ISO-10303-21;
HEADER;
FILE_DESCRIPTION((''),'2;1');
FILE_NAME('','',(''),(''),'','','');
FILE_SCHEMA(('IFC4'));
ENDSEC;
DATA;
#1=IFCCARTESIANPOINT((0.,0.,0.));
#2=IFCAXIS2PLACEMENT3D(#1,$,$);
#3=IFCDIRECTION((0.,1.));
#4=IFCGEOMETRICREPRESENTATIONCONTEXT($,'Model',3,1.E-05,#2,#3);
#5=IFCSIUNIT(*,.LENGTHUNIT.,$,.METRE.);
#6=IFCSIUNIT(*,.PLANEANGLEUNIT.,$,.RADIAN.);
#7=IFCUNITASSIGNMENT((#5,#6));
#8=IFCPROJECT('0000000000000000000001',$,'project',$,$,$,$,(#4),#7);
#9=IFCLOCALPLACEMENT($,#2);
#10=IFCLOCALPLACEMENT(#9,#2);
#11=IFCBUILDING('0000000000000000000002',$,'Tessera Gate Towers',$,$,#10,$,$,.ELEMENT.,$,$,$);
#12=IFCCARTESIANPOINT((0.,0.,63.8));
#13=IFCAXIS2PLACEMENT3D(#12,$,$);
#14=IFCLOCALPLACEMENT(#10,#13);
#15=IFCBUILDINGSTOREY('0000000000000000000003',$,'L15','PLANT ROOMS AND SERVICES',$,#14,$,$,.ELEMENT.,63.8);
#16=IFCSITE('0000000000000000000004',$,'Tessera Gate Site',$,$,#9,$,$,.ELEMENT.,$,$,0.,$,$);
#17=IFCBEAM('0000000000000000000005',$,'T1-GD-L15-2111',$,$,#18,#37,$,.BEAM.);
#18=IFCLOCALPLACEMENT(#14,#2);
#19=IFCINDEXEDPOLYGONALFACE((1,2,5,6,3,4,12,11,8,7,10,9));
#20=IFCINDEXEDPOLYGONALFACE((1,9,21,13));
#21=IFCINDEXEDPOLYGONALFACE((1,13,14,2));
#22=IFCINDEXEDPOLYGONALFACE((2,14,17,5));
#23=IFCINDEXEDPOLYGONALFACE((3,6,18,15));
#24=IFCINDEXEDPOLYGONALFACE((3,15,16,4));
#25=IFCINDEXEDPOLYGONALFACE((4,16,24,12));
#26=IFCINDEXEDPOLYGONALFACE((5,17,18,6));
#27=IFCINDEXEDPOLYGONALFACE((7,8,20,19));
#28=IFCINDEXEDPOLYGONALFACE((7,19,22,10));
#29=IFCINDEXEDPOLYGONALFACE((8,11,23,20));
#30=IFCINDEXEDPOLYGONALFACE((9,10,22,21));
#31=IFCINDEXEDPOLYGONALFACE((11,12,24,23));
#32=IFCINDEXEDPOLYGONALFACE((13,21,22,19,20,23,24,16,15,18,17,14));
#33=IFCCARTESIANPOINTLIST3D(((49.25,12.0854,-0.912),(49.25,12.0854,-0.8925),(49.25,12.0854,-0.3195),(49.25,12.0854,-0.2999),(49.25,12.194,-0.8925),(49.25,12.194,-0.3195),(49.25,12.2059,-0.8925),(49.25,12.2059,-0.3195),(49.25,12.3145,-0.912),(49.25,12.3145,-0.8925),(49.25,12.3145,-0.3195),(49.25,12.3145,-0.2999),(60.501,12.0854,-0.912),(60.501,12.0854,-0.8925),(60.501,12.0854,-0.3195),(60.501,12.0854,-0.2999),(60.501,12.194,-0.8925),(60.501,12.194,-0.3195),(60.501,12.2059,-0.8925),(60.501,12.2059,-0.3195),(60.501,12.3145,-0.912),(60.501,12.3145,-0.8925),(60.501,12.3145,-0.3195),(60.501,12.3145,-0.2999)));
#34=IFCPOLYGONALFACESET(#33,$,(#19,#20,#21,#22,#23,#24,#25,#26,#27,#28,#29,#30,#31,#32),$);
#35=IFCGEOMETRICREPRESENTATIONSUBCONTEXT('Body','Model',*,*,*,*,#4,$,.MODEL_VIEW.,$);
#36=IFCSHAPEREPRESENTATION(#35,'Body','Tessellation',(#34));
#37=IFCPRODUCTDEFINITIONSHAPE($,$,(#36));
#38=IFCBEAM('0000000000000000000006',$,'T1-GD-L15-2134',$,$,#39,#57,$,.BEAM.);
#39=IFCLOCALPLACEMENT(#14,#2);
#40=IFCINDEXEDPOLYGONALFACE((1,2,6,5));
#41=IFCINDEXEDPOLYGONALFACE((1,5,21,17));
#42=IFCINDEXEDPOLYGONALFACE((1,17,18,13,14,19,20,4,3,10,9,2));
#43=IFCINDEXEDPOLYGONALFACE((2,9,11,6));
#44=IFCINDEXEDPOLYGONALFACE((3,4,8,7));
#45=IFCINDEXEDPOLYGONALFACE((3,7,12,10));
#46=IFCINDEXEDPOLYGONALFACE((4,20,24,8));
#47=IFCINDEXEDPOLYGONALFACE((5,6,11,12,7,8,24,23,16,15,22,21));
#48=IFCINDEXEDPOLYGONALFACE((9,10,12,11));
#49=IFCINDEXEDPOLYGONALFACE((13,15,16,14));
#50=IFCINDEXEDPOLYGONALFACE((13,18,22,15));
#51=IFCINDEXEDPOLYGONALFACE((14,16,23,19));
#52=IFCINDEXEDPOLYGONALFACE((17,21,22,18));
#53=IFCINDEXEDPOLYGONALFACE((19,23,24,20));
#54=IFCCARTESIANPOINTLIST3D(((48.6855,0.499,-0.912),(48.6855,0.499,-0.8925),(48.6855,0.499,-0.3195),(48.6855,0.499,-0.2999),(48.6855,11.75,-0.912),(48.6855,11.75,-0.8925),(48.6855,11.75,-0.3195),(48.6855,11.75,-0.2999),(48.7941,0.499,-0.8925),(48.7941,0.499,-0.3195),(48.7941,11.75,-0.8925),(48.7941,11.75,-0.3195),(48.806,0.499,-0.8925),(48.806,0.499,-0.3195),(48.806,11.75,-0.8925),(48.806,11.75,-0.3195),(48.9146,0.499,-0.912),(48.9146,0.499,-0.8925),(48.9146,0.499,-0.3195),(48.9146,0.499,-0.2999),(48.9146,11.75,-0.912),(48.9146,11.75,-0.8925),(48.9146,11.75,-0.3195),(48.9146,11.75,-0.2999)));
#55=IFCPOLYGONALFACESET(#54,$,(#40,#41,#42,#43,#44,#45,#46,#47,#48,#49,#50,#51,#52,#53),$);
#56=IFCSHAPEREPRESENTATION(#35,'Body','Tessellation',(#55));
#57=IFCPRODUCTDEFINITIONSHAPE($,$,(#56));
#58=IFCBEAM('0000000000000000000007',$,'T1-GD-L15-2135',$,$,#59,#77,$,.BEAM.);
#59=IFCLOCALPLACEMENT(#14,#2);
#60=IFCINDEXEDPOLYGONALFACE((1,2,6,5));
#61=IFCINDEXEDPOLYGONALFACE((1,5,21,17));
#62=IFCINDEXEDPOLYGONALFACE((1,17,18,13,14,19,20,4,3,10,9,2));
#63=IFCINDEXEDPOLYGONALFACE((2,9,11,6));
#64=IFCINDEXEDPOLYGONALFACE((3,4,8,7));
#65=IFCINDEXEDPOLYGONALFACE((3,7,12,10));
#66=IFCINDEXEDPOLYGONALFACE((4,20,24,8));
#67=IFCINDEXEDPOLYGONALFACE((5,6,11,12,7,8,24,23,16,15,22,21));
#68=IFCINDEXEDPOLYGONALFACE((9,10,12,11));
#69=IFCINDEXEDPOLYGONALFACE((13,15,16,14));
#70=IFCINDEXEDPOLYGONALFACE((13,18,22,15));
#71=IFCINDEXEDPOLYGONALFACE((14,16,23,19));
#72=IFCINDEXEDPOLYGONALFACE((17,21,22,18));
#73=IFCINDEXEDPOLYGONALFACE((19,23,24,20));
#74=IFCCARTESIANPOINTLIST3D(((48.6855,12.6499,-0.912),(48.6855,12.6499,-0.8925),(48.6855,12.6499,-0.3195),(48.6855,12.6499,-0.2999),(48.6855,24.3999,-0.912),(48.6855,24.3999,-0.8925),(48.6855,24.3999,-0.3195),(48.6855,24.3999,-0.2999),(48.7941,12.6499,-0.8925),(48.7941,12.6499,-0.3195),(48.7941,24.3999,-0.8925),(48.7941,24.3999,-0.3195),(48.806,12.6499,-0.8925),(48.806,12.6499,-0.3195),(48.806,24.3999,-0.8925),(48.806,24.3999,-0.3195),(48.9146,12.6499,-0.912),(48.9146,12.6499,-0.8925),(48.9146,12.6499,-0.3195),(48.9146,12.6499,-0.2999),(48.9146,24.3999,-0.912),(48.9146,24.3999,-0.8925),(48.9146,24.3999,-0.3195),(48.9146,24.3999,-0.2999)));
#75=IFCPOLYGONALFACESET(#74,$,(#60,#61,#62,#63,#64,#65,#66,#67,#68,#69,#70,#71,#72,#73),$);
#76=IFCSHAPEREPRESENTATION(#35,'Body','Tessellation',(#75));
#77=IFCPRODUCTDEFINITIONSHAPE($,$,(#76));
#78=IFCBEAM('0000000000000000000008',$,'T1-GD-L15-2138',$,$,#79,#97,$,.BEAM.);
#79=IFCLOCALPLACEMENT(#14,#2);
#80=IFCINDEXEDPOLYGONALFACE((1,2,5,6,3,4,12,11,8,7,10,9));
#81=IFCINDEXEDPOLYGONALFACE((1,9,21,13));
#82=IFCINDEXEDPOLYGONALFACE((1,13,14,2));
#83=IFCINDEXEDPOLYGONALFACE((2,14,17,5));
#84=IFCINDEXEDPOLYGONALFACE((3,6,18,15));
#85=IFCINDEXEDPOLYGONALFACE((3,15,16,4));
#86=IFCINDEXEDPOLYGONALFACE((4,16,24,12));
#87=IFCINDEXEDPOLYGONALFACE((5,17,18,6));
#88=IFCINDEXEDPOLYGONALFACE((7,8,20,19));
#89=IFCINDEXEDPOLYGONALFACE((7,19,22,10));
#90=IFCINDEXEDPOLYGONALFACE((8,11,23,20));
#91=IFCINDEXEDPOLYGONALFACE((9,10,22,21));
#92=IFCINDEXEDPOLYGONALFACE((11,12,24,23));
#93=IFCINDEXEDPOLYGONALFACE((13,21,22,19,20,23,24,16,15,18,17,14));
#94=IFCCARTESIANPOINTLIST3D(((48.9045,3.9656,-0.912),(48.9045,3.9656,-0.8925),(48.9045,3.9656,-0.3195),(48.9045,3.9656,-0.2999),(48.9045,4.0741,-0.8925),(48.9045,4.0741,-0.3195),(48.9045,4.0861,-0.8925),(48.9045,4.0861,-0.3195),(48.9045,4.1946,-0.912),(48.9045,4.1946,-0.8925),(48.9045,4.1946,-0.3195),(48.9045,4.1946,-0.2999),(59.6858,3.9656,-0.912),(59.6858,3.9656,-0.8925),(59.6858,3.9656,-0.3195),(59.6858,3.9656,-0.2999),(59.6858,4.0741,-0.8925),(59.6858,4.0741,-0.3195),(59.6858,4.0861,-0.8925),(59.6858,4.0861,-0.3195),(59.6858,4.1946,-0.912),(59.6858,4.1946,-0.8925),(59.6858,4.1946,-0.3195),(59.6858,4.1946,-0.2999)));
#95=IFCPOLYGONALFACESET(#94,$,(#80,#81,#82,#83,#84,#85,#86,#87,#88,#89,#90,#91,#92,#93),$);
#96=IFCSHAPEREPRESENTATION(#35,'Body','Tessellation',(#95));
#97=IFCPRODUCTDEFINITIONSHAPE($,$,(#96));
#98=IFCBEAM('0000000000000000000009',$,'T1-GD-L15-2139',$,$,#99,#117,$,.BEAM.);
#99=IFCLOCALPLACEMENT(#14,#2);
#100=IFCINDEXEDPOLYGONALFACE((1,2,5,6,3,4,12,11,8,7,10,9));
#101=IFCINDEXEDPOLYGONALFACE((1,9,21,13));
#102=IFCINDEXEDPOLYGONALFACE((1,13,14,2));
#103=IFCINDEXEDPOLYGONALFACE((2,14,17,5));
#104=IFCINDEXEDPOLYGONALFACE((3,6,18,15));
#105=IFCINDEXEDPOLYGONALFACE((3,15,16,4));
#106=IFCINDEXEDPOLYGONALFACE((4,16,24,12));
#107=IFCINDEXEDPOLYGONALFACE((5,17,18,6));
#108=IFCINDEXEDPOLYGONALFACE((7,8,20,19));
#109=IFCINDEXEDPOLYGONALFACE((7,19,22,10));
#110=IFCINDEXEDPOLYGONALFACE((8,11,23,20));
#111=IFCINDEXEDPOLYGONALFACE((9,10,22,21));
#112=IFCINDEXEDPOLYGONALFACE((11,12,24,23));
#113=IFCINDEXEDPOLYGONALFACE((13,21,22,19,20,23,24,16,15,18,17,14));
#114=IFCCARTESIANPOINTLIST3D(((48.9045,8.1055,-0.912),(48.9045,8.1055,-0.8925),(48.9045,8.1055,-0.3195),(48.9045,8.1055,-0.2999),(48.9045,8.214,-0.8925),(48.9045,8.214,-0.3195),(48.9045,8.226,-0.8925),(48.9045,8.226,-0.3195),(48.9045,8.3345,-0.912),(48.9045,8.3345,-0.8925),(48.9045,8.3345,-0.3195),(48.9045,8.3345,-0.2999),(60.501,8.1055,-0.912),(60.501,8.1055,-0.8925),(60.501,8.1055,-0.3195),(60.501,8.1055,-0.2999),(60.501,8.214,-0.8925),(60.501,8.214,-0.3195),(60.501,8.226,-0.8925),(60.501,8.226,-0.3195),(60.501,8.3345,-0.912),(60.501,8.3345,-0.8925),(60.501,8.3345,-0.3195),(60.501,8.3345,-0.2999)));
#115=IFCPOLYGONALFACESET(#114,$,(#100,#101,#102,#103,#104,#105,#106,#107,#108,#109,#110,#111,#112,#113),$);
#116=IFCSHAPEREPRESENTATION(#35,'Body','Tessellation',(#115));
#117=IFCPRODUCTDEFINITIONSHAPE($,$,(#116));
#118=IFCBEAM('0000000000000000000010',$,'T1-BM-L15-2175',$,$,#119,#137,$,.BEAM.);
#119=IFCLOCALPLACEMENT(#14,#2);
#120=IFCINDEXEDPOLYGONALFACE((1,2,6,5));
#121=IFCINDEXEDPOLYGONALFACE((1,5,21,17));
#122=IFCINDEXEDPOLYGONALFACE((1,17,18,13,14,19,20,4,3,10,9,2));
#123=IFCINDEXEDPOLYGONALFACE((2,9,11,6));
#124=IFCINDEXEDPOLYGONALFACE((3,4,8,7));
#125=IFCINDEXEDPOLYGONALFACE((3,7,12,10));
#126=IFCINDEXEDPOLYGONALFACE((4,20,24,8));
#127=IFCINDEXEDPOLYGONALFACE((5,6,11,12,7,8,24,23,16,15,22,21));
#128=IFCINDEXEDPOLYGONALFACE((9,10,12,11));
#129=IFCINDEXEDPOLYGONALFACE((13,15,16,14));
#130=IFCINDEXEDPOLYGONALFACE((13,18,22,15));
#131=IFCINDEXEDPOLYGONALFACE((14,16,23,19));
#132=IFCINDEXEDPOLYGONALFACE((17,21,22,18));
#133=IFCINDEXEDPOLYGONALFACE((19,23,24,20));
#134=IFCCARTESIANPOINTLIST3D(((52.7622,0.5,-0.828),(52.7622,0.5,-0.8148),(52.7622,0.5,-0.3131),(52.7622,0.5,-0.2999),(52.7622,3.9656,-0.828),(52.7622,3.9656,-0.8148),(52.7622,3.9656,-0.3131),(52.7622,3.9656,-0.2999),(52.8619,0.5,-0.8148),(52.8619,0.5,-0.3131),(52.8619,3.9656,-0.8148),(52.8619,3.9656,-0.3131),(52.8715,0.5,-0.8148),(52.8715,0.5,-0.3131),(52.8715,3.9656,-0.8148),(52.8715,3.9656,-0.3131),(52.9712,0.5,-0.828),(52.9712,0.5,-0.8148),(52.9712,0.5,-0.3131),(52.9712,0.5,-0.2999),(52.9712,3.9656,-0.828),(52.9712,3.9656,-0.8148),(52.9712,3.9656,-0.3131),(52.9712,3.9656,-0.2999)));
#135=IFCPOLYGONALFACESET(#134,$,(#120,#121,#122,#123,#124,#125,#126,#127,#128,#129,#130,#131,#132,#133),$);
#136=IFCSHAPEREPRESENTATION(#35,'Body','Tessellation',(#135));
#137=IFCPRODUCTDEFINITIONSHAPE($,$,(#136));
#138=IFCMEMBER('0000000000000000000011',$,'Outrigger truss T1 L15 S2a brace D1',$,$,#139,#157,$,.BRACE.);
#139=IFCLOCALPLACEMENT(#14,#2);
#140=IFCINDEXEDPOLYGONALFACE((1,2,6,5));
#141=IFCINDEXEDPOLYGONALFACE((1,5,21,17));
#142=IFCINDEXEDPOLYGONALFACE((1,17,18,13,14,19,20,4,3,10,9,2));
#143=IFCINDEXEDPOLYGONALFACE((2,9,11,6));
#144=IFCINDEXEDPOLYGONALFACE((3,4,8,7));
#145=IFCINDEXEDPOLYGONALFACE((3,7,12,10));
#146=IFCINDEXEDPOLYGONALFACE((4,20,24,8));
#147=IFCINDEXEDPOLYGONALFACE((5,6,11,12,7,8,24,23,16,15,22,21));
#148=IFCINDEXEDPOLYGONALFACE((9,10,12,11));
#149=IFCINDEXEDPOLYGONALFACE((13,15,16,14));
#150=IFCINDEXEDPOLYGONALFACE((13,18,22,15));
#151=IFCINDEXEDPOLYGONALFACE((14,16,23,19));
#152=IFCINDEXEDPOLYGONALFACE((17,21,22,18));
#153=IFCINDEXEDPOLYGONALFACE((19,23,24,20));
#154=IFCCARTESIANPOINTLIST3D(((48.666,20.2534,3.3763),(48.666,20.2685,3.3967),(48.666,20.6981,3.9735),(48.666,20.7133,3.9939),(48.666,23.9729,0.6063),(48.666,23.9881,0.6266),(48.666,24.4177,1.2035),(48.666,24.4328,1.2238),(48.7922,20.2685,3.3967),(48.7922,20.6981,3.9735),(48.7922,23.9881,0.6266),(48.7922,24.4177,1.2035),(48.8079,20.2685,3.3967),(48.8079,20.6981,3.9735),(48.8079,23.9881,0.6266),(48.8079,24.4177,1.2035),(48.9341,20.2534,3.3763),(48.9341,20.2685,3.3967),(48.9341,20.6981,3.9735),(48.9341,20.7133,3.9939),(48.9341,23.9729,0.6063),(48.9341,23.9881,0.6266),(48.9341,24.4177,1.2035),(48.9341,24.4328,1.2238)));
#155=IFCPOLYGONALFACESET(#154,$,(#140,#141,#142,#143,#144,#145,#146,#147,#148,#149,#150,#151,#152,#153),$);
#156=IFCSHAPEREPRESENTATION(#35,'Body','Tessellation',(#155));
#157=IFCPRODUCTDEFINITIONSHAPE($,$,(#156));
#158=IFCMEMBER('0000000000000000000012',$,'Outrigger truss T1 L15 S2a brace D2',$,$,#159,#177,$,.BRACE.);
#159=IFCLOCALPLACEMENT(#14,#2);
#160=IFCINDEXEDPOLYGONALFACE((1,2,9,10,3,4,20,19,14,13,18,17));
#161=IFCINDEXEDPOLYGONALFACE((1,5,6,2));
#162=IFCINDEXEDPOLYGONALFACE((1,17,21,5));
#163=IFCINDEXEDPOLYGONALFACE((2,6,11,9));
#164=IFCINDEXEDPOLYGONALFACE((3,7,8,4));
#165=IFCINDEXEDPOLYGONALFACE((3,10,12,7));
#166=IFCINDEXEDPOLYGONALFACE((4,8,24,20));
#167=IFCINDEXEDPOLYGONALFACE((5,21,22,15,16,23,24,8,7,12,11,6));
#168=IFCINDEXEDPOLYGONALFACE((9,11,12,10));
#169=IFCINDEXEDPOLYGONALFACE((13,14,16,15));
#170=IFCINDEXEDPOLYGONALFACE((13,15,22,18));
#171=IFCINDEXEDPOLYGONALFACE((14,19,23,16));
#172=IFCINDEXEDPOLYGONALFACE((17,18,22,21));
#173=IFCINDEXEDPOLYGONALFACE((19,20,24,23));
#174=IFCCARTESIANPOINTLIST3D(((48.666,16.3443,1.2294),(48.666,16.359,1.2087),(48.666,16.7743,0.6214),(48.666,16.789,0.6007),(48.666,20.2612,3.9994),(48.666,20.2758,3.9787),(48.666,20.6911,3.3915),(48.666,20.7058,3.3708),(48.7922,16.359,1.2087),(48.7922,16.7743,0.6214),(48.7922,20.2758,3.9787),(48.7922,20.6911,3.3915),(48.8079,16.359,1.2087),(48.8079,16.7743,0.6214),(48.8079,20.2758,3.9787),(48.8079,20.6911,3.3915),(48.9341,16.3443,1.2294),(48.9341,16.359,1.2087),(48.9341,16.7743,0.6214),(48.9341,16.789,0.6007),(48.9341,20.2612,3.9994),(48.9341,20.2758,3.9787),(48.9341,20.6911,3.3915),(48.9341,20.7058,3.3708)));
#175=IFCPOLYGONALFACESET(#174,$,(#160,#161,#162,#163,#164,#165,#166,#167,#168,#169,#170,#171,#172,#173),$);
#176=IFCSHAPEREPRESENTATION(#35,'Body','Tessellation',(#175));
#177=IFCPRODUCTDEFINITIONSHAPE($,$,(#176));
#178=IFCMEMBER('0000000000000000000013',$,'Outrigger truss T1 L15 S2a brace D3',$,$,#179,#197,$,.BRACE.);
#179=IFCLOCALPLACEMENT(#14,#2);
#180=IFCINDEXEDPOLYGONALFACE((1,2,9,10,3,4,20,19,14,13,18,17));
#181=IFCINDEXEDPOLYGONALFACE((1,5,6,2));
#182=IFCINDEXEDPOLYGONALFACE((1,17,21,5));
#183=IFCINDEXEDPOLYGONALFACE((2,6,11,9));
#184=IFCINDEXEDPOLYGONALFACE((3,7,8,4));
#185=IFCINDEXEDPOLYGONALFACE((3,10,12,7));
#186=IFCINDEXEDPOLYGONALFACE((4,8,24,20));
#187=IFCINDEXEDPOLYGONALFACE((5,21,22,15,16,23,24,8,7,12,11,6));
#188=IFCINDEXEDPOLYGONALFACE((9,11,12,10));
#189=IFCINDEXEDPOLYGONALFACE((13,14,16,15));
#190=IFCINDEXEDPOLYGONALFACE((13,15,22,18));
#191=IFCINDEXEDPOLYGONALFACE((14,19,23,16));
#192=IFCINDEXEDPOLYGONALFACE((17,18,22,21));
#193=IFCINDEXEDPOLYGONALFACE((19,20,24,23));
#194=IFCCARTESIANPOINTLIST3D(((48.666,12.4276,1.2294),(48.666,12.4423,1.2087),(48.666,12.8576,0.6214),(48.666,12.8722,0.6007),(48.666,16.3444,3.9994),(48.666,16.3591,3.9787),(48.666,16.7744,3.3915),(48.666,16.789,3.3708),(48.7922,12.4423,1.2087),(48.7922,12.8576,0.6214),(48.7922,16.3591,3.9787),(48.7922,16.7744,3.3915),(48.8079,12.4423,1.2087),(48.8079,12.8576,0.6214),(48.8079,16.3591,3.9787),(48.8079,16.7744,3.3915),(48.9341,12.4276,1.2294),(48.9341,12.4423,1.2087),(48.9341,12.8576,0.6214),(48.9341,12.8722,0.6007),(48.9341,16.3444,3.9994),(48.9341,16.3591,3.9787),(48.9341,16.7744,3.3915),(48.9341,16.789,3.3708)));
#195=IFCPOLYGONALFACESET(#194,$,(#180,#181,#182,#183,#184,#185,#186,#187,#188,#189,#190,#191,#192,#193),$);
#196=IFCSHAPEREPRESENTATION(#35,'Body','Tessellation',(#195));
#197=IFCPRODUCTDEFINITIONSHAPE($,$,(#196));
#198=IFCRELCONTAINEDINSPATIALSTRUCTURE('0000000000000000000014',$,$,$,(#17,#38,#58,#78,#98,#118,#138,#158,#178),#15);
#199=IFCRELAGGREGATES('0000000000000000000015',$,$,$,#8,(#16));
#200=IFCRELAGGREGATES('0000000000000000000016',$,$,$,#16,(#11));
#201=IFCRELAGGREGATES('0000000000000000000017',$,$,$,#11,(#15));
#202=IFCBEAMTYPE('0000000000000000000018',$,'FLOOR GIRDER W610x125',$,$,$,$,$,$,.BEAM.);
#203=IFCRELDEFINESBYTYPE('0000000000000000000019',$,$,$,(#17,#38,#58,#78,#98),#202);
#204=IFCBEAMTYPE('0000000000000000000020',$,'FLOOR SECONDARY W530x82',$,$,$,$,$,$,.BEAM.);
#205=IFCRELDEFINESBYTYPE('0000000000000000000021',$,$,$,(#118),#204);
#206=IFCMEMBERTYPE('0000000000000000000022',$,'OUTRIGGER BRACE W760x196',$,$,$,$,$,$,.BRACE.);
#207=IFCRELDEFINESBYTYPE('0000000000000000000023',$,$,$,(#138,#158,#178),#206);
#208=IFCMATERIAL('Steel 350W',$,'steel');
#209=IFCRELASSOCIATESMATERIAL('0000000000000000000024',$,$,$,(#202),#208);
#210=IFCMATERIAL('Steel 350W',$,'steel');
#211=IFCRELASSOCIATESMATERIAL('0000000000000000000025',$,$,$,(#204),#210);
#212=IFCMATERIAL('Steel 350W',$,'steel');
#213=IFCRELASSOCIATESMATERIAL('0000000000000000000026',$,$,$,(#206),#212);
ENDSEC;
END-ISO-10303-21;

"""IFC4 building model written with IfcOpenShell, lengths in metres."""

from ifc_helpers import new_model, si_unit, direction, frame, origin, origin_2d, place, context, subcontext, project, spatial, i_section, extrude, material, material_profile, profile_set, type_object, element, save


model = new_model("IFC4")

# Units and contexts
model_context = context("Model", 3, precision=1e-05, world=origin(), true_north=direction((0.0, 1.0)))
body_context = subcontext(model_context, "Body", "Model", "MODEL_VIEW")
ifc_project = project(units=[si_unit("LENGTHUNIT", "METRE"), si_unit("PLANEANGLEUNIT", "RADIAN")], contexts=[model_context])

# Site, building, storey
site_placement = place(None, origin())
site = spatial("IfcSite", under=ifc_project, at=site_placement, Name="Tessera Gate Site", CompositionType="ELEMENT", RefElevation=0.0)
building_placement = place(site_placement, origin())
building = spatial("IfcBuilding", under=site, at=building_placement, Name="Tessera Gate Towers", CompositionType="ELEMENT")
storey_placement = place(building_placement, frame((0.0, 0.0, 63.8)))
storey = spatial("IfcBuildingStorey", under=building, at=storey_placement, Name="L15", Description="PLANT ROOMS AND SERVICES", CompositionType="ELEMENT", Elevation=63.8)

# Beams
ifc_material_1 = material(Name="Steel 350W", Category="steel")
ifc_material_profile_1 = material_profile(ifc_material_1, i_section(OverallWidth=0.229, OverallDepth=0.6121, WebThickness=0.012, FlangeThickness=0.0195, at=origin_2d()), Name="W610x125")
ifc_profile_set_1 = profile_set([ifc_material_profile_1], Name="Steel 350W")
beam_type_1 = type_object("IfcBeamType", Name="FLOOR GIRDER W610x125", PredefinedType="BEAM", material=ifc_profile_set_1)
for number, where, z_axis, x_axis, name in (
    (1, (49.25, 12.2, -0.606), (1.0, 0.0, 0.0), (0.0, 1.0, 0.0), "T1-GD-L15-2111"),
    (2, (48.8, 0.499, -0.606), (0.0, 1.0, 0.0), (-1.0, 0.0, 0.0), "T1-GD-L15-2134"),
):
    element("IfcBeam", number, at=place(storey_placement, frame(where, z_axis=z_axis, x_axis=x_axis)), inside=storey, type_object=beam_type_1, Name=name, PredefinedType="BEAM", context=body_context, shape_type="SweptSolid", body=[
        extrude(i_section(OverallWidth=0.229, OverallDepth=0.6121, WebThickness=0.012, FlangeThickness=0.0195, at=origin_2d()), origin(), (0.0, 0.0, 1.0), 11.251),
    ])
beam_1_placement = place(storey_placement, frame((48.8, 12.6499, -0.606), z_axis=(0.0, 1.0, 0.0), x_axis=(-1.0, 0.0, 0.0)))
element("IfcBeam", 3, at=beam_1_placement, inside=storey, type_object=beam_type_1, Name="T1-GD-L15-2135", PredefinedType="BEAM", context=body_context, shape_type="SweptSolid", body=[
    extrude(i_section(OverallWidth=0.229, OverallDepth=0.6121, WebThickness=0.012, FlangeThickness=0.0195, at=origin_2d()), origin(), (0.0, 0.0, 1.0), 11.75),
])
beam_2_placement = place(storey_placement, frame((48.9045, 4.0801, -0.606), z_axis=(1.0, 0.0, 0.0), x_axis=(0.0, 1.0, 0.0)))
element("IfcBeam", 4, at=beam_2_placement, inside=storey, type_object=beam_type_1, Name="T1-GD-L15-2138", PredefinedType="BEAM", context=body_context, shape_type="SweptSolid", body=[
    extrude(i_section(OverallWidth=0.229, OverallDepth=0.6121, WebThickness=0.012, FlangeThickness=0.0195, at=origin_2d()), origin(), (0.0, 0.0, 1.0), 10.7812),
])
beam_3_placement = place(storey_placement, frame((48.9045, 8.22, -0.606), z_axis=(1.0, 0.0, 0.0), x_axis=(0.0, 1.0, 0.0)))
element("IfcBeam", 5, at=beam_3_placement, inside=storey, type_object=beam_type_1, Name="T1-GD-L15-2139", PredefinedType="BEAM", context=body_context, shape_type="SweptSolid", body=[
    extrude(i_section(OverallWidth=0.229, OverallDepth=0.6121, WebThickness=0.012, FlangeThickness=0.0195, at=origin_2d()), origin(), (0.0, 0.0, 1.0), 11.5964),
])
ifc_material_2 = material(Name="Steel 350W", Category="steel")
ifc_material_profile_2 = material_profile(ifc_material_2, i_section(OverallWidth=0.209, OverallDepth=0.5281, WebThickness=0.0095, FlangeThickness=0.0132, at=origin_2d()), Name="W530x82")
ifc_profile_set_2 = profile_set([ifc_material_profile_2], Name="Steel 350W")
beam_type_2 = type_object("IfcBeamType", Name="FLOOR SECONDARY W530x82", PredefinedType="BEAM", material=ifc_profile_set_2)
beam_4_placement = place(storey_placement, frame((52.8667, 0.5, -0.564), z_axis=(0.0, 1.0, 0.0), x_axis=(-1.0, 0.0, 0.0)))
element("IfcBeam", 6, at=beam_4_placement, inside=storey, type_object=beam_type_2, Name="T1-BM-L15-2175", PredefinedType="BEAM", context=body_context, shape_type="SweptSolid", body=[
    extrude(i_section(OverallWidth=0.209, OverallDepth=0.5281, WebThickness=0.0095, FlangeThickness=0.0132, at=origin_2d()), origin(), (0.0, 0.0, 1.0), 3.4656),
])

# Members
ifc_material_3 = material(Name="Steel 350W", Category="steel")
ifc_material_profile_3 = material_profile(ifc_material_3, i_section(OverallWidth=0.2681, OverallDepth=0.77, WebThickness=0.0156, FlangeThickness=0.0254, at=origin_2d()), Name="W760x196")
ifc_profile_set_3 = profile_set([ifc_material_profile_3], Name="Steel 350W")
member_type_1 = type_object("IfcMemberType", Name="OUTRIGGER BRACE W760x196", PredefinedType="BRACE", material=ifc_profile_set_3)
member_placement = place(storey_placement, frame((48.8, 24.2029, 0.915), z_axis=(0.0, -0.802023, 0.597293), x_axis=(1.0, 0.0, 0.0)))
element("IfcMember", 7, at=member_placement, inside=storey, type_object=member_type_1, Name="Outrigger truss T1 L15 S2a brace D1", PredefinedType="BRACE", context=body_context, shape_type="SweptSolid", body=[
    extrude(i_section(OverallWidth=0.2681, OverallDepth=0.77, WebThickness=0.0156, FlangeThickness=0.0254, at=origin_2d()), origin(), (0.0, 0.0, 1.0), 4.6377),
])
for number, where, z_axis, x_axis, name in (
    (8, (48.8, 16.5667, 0.915), (0.0, 0.816451, 0.577414), (-1.0, 0.0, 0.0), "Outrigger truss T1 L15 S2a brace D2"),
    (9, (48.8, 12.6499, 0.915), (0.0, 0.816451, 0.577414), (-1.0, 0.0, 0.0), "Outrigger truss T1 L15 S2a brace D3"),
):
    element("IfcMember", number, at=place(storey_placement, frame(where, z_axis=z_axis, x_axis=x_axis)), inside=storey, type_object=member_type_1, Name=name, PredefinedType="BRACE", context=body_context, shape_type="SweptSolid", body=[
        extrude(i_section(OverallWidth=0.2681, OverallDepth=0.77, WebThickness=0.0156, FlangeThickness=0.0254, at=origin_2d()), origin(), (0.0, 0.0, 1.0), 4.7974),
    ])

save(model, "model.ifc")
